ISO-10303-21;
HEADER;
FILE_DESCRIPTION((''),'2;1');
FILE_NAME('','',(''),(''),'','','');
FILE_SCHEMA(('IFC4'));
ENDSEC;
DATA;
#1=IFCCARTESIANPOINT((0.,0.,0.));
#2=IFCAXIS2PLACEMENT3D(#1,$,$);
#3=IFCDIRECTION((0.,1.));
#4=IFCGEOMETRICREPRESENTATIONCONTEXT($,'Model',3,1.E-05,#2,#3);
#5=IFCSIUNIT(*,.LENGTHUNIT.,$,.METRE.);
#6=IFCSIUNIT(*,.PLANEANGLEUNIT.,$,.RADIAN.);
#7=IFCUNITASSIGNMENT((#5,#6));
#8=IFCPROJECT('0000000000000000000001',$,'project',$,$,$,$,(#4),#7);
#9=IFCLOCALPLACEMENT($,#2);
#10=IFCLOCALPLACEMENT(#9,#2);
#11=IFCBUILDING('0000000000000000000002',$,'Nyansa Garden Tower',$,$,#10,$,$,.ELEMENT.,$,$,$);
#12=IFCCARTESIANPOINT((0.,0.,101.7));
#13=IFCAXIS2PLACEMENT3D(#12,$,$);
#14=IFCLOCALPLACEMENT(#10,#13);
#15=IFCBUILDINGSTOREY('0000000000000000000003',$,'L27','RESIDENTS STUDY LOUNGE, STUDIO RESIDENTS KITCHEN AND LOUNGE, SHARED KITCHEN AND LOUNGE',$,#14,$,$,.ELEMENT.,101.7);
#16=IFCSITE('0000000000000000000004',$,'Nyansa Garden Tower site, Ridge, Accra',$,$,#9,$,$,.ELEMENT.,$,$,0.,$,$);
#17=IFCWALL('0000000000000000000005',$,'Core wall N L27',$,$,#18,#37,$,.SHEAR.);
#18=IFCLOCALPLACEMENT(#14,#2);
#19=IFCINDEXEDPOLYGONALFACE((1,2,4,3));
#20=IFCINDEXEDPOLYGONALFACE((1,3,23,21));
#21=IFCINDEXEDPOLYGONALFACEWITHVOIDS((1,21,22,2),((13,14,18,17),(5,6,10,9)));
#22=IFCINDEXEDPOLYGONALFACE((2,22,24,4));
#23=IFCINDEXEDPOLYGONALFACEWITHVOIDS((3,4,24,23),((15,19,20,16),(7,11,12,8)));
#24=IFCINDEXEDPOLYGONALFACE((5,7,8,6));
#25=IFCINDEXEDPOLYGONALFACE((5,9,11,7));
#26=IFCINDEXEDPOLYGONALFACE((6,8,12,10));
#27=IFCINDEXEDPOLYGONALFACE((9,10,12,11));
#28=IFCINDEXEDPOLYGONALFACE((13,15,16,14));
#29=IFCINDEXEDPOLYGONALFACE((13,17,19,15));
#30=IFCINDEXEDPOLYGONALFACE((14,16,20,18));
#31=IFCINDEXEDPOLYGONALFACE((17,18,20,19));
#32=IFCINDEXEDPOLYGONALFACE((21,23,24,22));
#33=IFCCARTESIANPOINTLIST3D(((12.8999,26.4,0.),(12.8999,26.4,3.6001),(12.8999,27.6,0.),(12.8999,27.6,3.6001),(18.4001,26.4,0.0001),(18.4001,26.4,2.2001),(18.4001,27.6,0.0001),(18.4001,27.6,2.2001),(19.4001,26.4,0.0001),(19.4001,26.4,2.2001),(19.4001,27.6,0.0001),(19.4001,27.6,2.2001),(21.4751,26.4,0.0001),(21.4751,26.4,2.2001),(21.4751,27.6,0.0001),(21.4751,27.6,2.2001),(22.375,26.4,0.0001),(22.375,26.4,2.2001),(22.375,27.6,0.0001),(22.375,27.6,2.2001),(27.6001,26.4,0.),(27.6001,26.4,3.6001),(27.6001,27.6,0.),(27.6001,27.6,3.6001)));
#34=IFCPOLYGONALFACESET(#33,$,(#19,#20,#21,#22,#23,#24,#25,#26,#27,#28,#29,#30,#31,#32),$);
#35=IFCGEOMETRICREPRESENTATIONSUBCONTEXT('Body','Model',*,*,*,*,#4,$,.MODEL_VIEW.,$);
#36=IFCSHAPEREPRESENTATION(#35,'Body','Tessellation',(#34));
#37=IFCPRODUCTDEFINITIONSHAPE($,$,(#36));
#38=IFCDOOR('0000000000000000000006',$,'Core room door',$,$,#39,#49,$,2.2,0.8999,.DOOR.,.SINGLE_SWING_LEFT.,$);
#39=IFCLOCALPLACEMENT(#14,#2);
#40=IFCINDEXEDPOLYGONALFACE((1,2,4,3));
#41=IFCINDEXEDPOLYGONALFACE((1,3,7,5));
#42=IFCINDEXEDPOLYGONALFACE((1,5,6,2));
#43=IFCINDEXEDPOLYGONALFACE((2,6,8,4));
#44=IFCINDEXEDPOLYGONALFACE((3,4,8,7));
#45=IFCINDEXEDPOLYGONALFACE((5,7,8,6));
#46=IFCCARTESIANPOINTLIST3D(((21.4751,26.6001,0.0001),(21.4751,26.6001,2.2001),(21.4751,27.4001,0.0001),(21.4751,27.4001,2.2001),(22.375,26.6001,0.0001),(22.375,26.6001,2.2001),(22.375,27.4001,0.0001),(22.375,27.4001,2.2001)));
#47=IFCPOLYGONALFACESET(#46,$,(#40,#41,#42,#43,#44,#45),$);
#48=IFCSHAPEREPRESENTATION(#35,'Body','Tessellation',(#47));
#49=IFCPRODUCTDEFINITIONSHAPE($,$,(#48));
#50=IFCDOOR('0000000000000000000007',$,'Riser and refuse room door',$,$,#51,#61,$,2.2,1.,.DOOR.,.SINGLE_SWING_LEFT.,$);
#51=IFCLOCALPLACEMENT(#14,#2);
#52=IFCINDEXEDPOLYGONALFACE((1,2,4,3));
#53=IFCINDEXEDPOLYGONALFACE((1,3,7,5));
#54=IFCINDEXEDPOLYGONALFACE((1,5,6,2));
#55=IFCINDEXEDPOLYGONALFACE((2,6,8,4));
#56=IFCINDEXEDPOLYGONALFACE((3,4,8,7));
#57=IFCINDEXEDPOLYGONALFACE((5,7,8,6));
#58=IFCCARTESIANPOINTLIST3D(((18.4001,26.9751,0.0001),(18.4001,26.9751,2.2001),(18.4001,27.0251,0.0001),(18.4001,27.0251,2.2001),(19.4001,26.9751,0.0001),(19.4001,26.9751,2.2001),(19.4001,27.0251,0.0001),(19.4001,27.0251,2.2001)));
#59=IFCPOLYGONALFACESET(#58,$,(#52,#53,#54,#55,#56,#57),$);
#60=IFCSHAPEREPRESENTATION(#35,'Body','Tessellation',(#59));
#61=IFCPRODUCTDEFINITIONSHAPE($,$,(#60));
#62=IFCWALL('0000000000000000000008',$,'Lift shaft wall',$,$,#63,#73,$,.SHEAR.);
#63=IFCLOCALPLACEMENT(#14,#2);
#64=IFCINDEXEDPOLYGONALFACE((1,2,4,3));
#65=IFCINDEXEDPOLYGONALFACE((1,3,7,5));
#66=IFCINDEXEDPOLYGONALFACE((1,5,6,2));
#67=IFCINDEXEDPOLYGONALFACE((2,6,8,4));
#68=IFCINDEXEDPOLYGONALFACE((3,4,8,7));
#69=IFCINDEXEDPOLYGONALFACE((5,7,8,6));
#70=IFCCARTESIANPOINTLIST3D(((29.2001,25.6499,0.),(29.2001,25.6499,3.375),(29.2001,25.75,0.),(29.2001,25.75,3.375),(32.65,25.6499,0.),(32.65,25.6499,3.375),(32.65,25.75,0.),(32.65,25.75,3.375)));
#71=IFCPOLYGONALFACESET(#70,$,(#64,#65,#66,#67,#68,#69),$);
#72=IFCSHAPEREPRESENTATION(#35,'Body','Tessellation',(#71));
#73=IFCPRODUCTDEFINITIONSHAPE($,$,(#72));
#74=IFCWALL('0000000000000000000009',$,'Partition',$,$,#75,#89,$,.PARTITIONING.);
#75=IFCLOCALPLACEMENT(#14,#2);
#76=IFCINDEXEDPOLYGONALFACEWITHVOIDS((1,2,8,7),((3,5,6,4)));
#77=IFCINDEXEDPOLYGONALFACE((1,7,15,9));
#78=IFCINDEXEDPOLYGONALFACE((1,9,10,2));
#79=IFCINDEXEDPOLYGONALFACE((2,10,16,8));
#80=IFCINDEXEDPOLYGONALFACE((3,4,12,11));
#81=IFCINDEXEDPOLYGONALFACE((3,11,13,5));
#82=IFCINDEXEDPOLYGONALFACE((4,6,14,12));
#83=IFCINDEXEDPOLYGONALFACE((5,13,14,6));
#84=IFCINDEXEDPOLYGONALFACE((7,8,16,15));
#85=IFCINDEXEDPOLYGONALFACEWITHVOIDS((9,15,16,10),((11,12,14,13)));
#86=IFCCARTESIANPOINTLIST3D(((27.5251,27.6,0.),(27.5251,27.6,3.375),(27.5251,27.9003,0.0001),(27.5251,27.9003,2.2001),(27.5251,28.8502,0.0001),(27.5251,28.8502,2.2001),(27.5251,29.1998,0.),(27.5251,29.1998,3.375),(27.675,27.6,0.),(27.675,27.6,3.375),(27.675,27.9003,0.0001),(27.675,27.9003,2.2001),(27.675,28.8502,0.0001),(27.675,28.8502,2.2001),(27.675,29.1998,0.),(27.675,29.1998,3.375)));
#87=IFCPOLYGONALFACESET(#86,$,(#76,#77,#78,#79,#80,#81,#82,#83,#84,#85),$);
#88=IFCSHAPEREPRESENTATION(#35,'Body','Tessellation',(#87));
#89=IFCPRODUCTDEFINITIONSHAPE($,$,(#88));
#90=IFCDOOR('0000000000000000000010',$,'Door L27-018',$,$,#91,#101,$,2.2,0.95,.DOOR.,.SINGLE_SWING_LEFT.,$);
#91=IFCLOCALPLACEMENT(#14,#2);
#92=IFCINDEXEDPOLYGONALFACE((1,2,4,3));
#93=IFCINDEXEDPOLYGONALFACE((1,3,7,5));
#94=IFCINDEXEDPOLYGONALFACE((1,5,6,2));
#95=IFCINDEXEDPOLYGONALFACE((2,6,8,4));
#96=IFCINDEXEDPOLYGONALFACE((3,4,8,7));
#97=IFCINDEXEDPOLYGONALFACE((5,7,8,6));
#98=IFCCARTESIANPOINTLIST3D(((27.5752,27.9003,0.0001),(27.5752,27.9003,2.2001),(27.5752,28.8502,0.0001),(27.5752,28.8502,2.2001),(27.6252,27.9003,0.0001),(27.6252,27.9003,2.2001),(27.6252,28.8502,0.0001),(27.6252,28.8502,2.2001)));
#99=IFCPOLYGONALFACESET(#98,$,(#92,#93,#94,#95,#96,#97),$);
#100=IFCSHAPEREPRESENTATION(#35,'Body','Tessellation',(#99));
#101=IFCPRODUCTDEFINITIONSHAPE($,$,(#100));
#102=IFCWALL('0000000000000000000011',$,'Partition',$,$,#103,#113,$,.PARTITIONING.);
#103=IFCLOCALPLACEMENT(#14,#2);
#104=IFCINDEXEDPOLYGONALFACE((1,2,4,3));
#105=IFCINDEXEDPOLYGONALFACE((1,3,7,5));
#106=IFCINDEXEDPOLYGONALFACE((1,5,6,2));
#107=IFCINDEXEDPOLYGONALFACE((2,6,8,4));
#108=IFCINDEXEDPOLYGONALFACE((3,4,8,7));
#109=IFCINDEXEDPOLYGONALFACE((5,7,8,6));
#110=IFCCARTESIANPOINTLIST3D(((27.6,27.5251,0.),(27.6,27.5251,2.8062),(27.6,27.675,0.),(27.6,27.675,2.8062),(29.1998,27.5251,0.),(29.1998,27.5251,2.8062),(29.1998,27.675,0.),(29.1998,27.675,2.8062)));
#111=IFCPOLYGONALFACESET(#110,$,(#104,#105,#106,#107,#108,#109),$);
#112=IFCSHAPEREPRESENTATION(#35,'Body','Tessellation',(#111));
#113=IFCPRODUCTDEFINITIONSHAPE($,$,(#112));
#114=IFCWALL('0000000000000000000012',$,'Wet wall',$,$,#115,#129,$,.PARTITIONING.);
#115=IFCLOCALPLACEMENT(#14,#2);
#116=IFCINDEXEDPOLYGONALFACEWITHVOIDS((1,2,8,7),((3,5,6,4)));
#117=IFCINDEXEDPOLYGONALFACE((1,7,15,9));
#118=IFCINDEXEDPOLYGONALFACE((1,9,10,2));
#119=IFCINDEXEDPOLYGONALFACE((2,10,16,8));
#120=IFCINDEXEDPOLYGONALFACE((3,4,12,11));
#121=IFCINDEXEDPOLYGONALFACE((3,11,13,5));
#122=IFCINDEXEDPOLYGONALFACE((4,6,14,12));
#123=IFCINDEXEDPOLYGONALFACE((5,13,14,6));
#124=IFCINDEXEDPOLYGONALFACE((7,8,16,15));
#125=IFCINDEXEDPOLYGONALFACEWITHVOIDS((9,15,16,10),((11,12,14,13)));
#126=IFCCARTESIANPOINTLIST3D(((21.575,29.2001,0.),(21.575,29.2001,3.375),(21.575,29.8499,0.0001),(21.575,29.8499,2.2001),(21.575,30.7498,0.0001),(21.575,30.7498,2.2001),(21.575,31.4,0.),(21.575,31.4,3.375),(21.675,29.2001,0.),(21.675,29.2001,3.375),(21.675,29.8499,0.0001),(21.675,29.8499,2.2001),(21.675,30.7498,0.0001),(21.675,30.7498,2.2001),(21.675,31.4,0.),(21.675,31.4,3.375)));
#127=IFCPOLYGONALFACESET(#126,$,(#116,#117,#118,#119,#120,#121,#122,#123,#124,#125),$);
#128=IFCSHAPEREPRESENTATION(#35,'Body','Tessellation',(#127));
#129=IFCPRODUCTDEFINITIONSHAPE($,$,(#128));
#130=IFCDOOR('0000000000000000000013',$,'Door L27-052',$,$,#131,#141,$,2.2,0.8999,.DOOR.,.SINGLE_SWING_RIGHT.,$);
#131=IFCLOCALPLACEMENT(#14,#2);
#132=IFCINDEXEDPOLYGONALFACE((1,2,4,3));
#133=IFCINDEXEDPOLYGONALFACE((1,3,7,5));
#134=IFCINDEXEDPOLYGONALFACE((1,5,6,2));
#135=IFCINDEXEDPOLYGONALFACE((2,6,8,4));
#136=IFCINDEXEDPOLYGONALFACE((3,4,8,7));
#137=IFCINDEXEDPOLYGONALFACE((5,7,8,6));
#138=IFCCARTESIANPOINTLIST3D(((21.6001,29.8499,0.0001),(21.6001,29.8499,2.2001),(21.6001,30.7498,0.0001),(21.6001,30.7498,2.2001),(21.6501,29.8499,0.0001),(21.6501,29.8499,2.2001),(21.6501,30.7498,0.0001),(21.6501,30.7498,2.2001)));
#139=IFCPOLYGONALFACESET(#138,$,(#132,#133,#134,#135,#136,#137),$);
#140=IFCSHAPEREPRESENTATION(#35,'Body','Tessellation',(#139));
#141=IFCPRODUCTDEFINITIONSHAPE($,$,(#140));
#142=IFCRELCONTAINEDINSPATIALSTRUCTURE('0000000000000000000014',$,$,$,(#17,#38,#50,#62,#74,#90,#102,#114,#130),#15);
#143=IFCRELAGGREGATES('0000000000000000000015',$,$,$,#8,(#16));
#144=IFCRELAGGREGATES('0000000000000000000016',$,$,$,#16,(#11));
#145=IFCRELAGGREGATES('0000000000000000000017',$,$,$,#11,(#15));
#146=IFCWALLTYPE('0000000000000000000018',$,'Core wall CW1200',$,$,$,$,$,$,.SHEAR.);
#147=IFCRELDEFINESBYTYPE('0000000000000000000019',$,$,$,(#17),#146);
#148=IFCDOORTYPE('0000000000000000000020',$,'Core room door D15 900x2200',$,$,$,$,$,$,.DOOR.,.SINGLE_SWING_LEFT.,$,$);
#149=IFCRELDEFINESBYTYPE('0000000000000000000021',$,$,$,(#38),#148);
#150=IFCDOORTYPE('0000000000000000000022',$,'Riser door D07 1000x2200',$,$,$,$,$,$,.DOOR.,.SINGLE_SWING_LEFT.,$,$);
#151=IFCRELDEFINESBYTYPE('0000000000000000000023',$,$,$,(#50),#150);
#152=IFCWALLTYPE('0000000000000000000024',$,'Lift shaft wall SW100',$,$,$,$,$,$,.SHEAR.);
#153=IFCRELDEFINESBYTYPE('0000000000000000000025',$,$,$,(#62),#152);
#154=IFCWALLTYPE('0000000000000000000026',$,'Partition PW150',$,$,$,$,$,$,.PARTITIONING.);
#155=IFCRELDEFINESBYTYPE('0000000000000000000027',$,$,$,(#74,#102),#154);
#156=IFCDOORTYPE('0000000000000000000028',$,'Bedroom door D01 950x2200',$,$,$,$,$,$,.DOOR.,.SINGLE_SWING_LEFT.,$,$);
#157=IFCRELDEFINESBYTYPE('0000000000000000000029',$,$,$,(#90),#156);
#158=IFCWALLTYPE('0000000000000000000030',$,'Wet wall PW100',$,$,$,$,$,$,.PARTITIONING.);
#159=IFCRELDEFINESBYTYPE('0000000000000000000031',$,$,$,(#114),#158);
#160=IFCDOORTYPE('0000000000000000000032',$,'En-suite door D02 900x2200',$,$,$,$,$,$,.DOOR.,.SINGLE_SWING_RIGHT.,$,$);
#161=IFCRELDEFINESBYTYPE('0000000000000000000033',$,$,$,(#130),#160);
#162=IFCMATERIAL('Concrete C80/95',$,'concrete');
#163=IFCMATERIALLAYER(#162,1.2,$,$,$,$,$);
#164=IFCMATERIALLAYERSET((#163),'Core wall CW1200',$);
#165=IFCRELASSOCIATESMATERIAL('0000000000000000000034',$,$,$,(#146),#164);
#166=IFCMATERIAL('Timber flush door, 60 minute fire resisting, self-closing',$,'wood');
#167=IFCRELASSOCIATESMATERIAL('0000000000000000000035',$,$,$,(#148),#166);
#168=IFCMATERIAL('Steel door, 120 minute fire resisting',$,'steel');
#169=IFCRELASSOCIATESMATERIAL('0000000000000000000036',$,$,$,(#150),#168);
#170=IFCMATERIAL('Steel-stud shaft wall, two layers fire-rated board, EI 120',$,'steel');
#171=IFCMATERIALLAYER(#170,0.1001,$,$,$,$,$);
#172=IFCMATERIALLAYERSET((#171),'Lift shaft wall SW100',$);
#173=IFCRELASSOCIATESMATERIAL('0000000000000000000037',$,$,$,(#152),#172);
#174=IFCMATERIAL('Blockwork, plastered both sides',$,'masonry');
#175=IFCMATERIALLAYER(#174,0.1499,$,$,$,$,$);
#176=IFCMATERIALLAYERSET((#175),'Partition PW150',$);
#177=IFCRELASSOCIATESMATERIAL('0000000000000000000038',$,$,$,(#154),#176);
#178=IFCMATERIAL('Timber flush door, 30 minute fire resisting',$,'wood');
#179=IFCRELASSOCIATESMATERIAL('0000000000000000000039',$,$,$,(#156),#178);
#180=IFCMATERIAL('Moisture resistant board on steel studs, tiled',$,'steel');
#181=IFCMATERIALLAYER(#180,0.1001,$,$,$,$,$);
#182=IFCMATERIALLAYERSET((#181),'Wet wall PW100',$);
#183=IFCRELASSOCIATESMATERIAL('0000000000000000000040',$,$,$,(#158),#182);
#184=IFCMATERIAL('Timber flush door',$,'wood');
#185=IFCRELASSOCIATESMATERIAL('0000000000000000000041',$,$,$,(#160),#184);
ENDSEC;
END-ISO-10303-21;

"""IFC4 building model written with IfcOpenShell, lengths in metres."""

from ifc_helpers import new_model, si_unit, direction, frame, frame_2d, origin, place, context, subcontext, project, spatial, rectangle, extrude, material, layer, layer_set, type_object, element, fill, save


model = new_model("IFC4")

# Units and contexts
model_context = context("Model", 3, precision=1e-05, world=origin(), true_north=direction((0.0, 1.0)))
body_context = subcontext(model_context, "Body", "Model", "MODEL_VIEW")
ifc_project = project(units=[si_unit("LENGTHUNIT", "METRE"), si_unit("PLANEANGLEUNIT", "RADIAN")], contexts=[model_context])

# Site, building, storey
site_placement = place(None, origin())
site = spatial("IfcSite", under=ifc_project, at=site_placement, Name="Nyansa Garden Tower site, Ridge, Accra", CompositionType="ELEMENT", RefElevation=0.0)
building_placement = place(site_placement, origin())
building = spatial("IfcBuilding", under=site, at=building_placement, Name="Nyansa Garden Tower", CompositionType="ELEMENT")
storey_placement = place(building_placement, frame((0.0, 0.0, 101.7)))
storey = spatial("IfcBuildingStorey", under=building, at=storey_placement, Name="L27", Description="RESIDENTS STUDY LOUNGE, STUDIO RESIDENTS KITCHEN AND LOUNGE, SHARED KITCHEN AND LOUNGE", CompositionType="ELEMENT", Elevation=101.7)

# Wall, openings, doors
ifc_material_1 = material(Name="Concrete C80/95", Category="concrete")
ifc_layer_1 = layer(ifc_material_1, 1.2)
ifc_layer_set_1 = layer_set([ifc_layer_1], Name="Core wall CW1200")
wall_type_1 = type_object("IfcWallType", Name="Core wall CW1200", PredefinedType="SHEAR", material=ifc_layer_set_1)
wall_1_placement = place(storey_placement, frame((27.6001, 27.0, 0.0), z_axis=(0.0, 0.0, 1.0), x_axis=(-1.0, 0.0, 0.0)))
wall_1 = element("IfcWall", 1, at=wall_1_placement, inside=storey, type_object=wall_type_1, Name="Core wall N L27", PredefinedType="SHEAR", context=body_context, shape_type="SweptSolid", body=[
    extrude(rectangle(XDim=14.7002, YDim=1.2, at=frame_2d((7.3501, 0.0))), origin(), (0.0, 0.0, 1.0), 3.6001),
])
opening_1_placement = place(wall_1_placement, frame((5.2251, 0.0, 0.0)))
opening_1 = element("IfcOpeningElement", 2, at=opening_1_placement, cuts=wall_1, PredefinedType="OPENING", context=body_context, shape_type="SweptSolid", body=[
    extrude(rectangle(XDim=0.8999, YDim=2.2, at=frame_2d((0.45, 1.1001))), frame((0.0, 0.6099, 0.0), z_axis=(0.0, -1.0, 0.0), x_axis=(1.0, 0.0, 0.0)), (0.0, 0.0, 1.0), 1.22),
])
opening_2_placement = place(wall_1_placement, frame((8.2, 0.0, 0.0)))
opening_2 = element("IfcOpeningElement", 3, at=opening_2_placement, cuts=wall_1, PredefinedType="OPENING", context=body_context, shape_type="SweptSolid", body=[
    extrude(rectangle(XDim=1.0, YDim=2.2, at=frame_2d((0.5, 1.1001))), frame((0.0, 0.6099, 0.0), z_axis=(0.0, -1.0, 0.0), x_axis=(1.0, 0.0, 0.0)), (0.0, 0.0, 1.0), 1.22),
])
ifc_material_2 = material(Name="Timber flush door, 60 minute fire resisting, self-closing", Category="wood")
door_type_1 = type_object("IfcDoorType", Name="Core room door D15 900x2200", OperationType="SINGLE_SWING_LEFT", PredefinedType="DOOR", material=ifc_material_2)
door_1_placement = place(opening_1_placement, origin())
door_1 = element("IfcDoor", 4, at=door_1_placement, inside=storey, type_object=door_type_1, Name="Core room door", OperationType="SINGLE_SWING_LEFT", OverallHeight=2.2, OverallWidth=0.8999, PredefinedType="DOOR", context=body_context, shape_type="SweptSolid", body=[
    extrude(rectangle(XDim=0.8999, YDim=2.2, at=frame_2d((0.45, 1.1001))), frame((0.0, 0.3999, 0.0), z_axis=(0.0, -1.0, 0.0), x_axis=(1.0, 0.0, 0.0)), (0.0, 0.0, 1.0), 0.8),
])
fill(opening_1, door_1)
ifc_material_3 = material(Name="Steel door, 120 minute fire resisting", Category="steel")
door_type_2 = type_object("IfcDoorType", Name="Riser door D07 1000x2200", OperationType="SINGLE_SWING_LEFT", PredefinedType="DOOR", material=ifc_material_3)
door_2_placement = place(opening_2_placement, origin())
door_2 = element("IfcDoor", 5, at=door_2_placement, inside=storey, type_object=door_type_2, Name="Riser and refuse room door", OperationType="SINGLE_SWING_LEFT", OverallHeight=2.2, OverallWidth=1.0, PredefinedType="DOOR", context=body_context, shape_type="SweptSolid", body=[
    extrude(rectangle(XDim=1.0, YDim=2.2, at=frame_2d((0.5, 1.1001))), frame((0.0, 0.0249, 0.0), z_axis=(0.0, -1.0, 0.0), x_axis=(1.0, 0.0, 0.0)), (0.0, 0.0, 1.0), 0.05),
])
fill(opening_2, door_2)

# Wall
ifc_material_4 = material(Name="Steel-stud shaft wall, two layers fire-rated board, EI 120", Category="steel")
ifc_layer_2 = layer(ifc_material_4, 0.1001)
ifc_layer_set_2 = layer_set([ifc_layer_2], Name="Lift shaft wall SW100")
wall_type_2 = type_object("IfcWallType", Name="Lift shaft wall SW100", PredefinedType="SHEAR", material=ifc_layer_set_2)
wall_2_placement = place(storey_placement, frame((29.2, 25.7, 0.0), z_axis=(0.0, 0.0, 1.0), x_axis=(1.0, 0.0, 0.0)))
element("IfcWall", 6, at=wall_2_placement, inside=storey, type_object=wall_type_2, Name="Lift shaft wall", PredefinedType="SHEAR", context=body_context, shape_type="SweptSolid", body=[
    extrude(rectangle(XDim=3.45, YDim=0.1001, at=frame_2d((1.7251, 0.0))), origin(), (0.0, 0.0, 1.0), 3.375),
])

# Wall, opening, door
ifc_material_5 = material(Name="Blockwork, plastered both sides", Category="masonry")
ifc_layer_3 = layer(ifc_material_5, 0.1499)
ifc_layer_set_3 = layer_set([ifc_layer_3], Name="Partition PW150")
wall_type_3 = type_object("IfcWallType", Name="Partition PW150", PredefinedType="PARTITIONING", material=ifc_layer_set_3)
wall_3_placement = place(storey_placement, frame((27.6001, 27.6001, 0.0), z_axis=(0.0, 0.0, 1.0), x_axis=(0.0, 1.0, 0.0)))
wall_3 = element("IfcWall", 7, at=wall_3_placement, inside=storey, type_object=wall_type_3, Name="Partition", PredefinedType="PARTITIONING", context=body_context, shape_type="SweptSolid", body=[
    extrude(rectangle(XDim=1.5999, YDim=0.1499, at=frame_2d((0.7998, 0.0))), origin(), (0.0, 0.0, 1.0), 3.375),
])
opening_3_placement = place(wall_3_placement, frame((0.3, 0.0, 0.0)))
opening_3 = element("IfcOpeningElement", 8, at=opening_3_placement, cuts=wall_3, PredefinedType="OPENING", context=body_context, shape_type="SweptSolid", body=[
    extrude(rectangle(XDim=0.95, YDim=2.2, at=frame_2d((0.4751, 1.1001))), frame((0.0, 0.085, 0.0), z_axis=(0.0, -1.0, 0.0), x_axis=(1.0, 0.0, 0.0)), (0.0, 0.0, 1.0), 0.1699),
])
ifc_material_6 = material(Name="Timber flush door, 30 minute fire resisting", Category="wood")
door_type_3 = type_object("IfcDoorType", Name="Bedroom door D01 950x2200", OperationType="SINGLE_SWING_LEFT", PredefinedType="DOOR", material=ifc_material_6)
door_3_placement = place(opening_3_placement, origin())
door_3 = element("IfcDoor", 9, at=door_3_placement, inside=storey, type_object=door_type_3, Name="Door L27-018", OperationType="SINGLE_SWING_LEFT", OverallHeight=2.2, OverallWidth=0.95, PredefinedType="DOOR", context=body_context, shape_type="SweptSolid", body=[
    extrude(rectangle(XDim=0.95, YDim=2.2, at=frame_2d((0.4751, 1.1001))), frame((0.0, 0.0249, 0.0), z_axis=(0.0, -1.0, 0.0), x_axis=(1.0, 0.0, 0.0)), (0.0, 0.0, 1.0), 0.05),
])
fill(opening_3, door_3)

# Wall
wall_4_placement = place(storey_placement, frame((27.6001, 27.6001, 0.0), z_axis=(0.0, 0.0, 1.0), x_axis=(1.0, 0.0, 0.0)))
element("IfcWall", 10, at=wall_4_placement, inside=storey, type_object=wall_type_3, Name="Partition", PredefinedType="PARTITIONING", context=body_context, shape_type="SweptSolid", body=[
    extrude(rectangle(XDim=1.5999, YDim=0.1499, at=frame_2d((0.7998, 0.0))), origin(), (0.0, 0.0, 1.0), 2.8062),
])

# Wall, opening, door
ifc_material_7 = material(Name="Moisture resistant board on steel studs, tiled", Category="steel")
ifc_layer_4 = layer(ifc_material_7, 0.1001)
ifc_layer_set_4 = layer_set([ifc_layer_4], Name="Wet wall PW100")
wall_type_4 = type_object("IfcWallType", Name="Wet wall PW100", PredefinedType="PARTITIONING", material=ifc_layer_set_4)
wall_5_placement = place(storey_placement, frame((21.625, 29.2, 0.0), z_axis=(0.0, 0.0, 1.0), x_axis=(0.0, 1.0, 0.0)))
wall_5 = element("IfcWall", 11, at=wall_5_placement, inside=storey, type_object=wall_type_4, Name="Wet wall", PredefinedType="PARTITIONING", context=body_context, shape_type="SweptSolid", body=[
    extrude(rectangle(XDim=2.2, YDim=0.1001, at=frame_2d((1.1001, 0.0))), origin(), (0.0, 0.0, 1.0), 3.375),
])
opening_4_placement = place(wall_5_placement, frame((0.6499, 0.0, 0.0)))
opening_4 = element("IfcOpeningElement", 12, at=opening_4_placement, cuts=wall_5, PredefinedType="OPENING", context=body_context, shape_type="SweptSolid", body=[
    extrude(rectangle(XDim=0.8999, YDim=2.2, at=frame_2d((0.45, 1.1001))), frame((0.0, 0.0601, 0.0), z_axis=(0.0, -1.0, 0.0), x_axis=(1.0, 0.0, 0.0)), (0.0, 0.0, 1.0), 0.1201),
])
ifc_material_8 = material(Name="Timber flush door", Category="wood")
door_type_4 = type_object("IfcDoorType", Name="En-suite door D02 900x2200", OperationType="SINGLE_SWING_RIGHT", PredefinedType="DOOR", material=ifc_material_8)
door_4_placement = place(opening_4_placement, origin())
door_4 = element("IfcDoor", 13, at=door_4_placement, inside=storey, type_object=door_type_4, Name="Door L27-052", OperationType="SINGLE_SWING_RIGHT", OverallHeight=2.2, OverallWidth=0.8999, PredefinedType="DOOR", context=body_context, shape_type="SweptSolid", body=[
    extrude(rectangle(XDim=0.8999, YDim=2.2, at=frame_2d((0.45, 1.1001))), frame((0.0, 0.0249, 0.0), z_axis=(0.0, -1.0, 0.0), x_axis=(1.0, 0.0, 0.0)), (0.0, 0.0, 1.0), 0.05),
])
fill(opening_4, door_4)

save(model, "model.ifc")
